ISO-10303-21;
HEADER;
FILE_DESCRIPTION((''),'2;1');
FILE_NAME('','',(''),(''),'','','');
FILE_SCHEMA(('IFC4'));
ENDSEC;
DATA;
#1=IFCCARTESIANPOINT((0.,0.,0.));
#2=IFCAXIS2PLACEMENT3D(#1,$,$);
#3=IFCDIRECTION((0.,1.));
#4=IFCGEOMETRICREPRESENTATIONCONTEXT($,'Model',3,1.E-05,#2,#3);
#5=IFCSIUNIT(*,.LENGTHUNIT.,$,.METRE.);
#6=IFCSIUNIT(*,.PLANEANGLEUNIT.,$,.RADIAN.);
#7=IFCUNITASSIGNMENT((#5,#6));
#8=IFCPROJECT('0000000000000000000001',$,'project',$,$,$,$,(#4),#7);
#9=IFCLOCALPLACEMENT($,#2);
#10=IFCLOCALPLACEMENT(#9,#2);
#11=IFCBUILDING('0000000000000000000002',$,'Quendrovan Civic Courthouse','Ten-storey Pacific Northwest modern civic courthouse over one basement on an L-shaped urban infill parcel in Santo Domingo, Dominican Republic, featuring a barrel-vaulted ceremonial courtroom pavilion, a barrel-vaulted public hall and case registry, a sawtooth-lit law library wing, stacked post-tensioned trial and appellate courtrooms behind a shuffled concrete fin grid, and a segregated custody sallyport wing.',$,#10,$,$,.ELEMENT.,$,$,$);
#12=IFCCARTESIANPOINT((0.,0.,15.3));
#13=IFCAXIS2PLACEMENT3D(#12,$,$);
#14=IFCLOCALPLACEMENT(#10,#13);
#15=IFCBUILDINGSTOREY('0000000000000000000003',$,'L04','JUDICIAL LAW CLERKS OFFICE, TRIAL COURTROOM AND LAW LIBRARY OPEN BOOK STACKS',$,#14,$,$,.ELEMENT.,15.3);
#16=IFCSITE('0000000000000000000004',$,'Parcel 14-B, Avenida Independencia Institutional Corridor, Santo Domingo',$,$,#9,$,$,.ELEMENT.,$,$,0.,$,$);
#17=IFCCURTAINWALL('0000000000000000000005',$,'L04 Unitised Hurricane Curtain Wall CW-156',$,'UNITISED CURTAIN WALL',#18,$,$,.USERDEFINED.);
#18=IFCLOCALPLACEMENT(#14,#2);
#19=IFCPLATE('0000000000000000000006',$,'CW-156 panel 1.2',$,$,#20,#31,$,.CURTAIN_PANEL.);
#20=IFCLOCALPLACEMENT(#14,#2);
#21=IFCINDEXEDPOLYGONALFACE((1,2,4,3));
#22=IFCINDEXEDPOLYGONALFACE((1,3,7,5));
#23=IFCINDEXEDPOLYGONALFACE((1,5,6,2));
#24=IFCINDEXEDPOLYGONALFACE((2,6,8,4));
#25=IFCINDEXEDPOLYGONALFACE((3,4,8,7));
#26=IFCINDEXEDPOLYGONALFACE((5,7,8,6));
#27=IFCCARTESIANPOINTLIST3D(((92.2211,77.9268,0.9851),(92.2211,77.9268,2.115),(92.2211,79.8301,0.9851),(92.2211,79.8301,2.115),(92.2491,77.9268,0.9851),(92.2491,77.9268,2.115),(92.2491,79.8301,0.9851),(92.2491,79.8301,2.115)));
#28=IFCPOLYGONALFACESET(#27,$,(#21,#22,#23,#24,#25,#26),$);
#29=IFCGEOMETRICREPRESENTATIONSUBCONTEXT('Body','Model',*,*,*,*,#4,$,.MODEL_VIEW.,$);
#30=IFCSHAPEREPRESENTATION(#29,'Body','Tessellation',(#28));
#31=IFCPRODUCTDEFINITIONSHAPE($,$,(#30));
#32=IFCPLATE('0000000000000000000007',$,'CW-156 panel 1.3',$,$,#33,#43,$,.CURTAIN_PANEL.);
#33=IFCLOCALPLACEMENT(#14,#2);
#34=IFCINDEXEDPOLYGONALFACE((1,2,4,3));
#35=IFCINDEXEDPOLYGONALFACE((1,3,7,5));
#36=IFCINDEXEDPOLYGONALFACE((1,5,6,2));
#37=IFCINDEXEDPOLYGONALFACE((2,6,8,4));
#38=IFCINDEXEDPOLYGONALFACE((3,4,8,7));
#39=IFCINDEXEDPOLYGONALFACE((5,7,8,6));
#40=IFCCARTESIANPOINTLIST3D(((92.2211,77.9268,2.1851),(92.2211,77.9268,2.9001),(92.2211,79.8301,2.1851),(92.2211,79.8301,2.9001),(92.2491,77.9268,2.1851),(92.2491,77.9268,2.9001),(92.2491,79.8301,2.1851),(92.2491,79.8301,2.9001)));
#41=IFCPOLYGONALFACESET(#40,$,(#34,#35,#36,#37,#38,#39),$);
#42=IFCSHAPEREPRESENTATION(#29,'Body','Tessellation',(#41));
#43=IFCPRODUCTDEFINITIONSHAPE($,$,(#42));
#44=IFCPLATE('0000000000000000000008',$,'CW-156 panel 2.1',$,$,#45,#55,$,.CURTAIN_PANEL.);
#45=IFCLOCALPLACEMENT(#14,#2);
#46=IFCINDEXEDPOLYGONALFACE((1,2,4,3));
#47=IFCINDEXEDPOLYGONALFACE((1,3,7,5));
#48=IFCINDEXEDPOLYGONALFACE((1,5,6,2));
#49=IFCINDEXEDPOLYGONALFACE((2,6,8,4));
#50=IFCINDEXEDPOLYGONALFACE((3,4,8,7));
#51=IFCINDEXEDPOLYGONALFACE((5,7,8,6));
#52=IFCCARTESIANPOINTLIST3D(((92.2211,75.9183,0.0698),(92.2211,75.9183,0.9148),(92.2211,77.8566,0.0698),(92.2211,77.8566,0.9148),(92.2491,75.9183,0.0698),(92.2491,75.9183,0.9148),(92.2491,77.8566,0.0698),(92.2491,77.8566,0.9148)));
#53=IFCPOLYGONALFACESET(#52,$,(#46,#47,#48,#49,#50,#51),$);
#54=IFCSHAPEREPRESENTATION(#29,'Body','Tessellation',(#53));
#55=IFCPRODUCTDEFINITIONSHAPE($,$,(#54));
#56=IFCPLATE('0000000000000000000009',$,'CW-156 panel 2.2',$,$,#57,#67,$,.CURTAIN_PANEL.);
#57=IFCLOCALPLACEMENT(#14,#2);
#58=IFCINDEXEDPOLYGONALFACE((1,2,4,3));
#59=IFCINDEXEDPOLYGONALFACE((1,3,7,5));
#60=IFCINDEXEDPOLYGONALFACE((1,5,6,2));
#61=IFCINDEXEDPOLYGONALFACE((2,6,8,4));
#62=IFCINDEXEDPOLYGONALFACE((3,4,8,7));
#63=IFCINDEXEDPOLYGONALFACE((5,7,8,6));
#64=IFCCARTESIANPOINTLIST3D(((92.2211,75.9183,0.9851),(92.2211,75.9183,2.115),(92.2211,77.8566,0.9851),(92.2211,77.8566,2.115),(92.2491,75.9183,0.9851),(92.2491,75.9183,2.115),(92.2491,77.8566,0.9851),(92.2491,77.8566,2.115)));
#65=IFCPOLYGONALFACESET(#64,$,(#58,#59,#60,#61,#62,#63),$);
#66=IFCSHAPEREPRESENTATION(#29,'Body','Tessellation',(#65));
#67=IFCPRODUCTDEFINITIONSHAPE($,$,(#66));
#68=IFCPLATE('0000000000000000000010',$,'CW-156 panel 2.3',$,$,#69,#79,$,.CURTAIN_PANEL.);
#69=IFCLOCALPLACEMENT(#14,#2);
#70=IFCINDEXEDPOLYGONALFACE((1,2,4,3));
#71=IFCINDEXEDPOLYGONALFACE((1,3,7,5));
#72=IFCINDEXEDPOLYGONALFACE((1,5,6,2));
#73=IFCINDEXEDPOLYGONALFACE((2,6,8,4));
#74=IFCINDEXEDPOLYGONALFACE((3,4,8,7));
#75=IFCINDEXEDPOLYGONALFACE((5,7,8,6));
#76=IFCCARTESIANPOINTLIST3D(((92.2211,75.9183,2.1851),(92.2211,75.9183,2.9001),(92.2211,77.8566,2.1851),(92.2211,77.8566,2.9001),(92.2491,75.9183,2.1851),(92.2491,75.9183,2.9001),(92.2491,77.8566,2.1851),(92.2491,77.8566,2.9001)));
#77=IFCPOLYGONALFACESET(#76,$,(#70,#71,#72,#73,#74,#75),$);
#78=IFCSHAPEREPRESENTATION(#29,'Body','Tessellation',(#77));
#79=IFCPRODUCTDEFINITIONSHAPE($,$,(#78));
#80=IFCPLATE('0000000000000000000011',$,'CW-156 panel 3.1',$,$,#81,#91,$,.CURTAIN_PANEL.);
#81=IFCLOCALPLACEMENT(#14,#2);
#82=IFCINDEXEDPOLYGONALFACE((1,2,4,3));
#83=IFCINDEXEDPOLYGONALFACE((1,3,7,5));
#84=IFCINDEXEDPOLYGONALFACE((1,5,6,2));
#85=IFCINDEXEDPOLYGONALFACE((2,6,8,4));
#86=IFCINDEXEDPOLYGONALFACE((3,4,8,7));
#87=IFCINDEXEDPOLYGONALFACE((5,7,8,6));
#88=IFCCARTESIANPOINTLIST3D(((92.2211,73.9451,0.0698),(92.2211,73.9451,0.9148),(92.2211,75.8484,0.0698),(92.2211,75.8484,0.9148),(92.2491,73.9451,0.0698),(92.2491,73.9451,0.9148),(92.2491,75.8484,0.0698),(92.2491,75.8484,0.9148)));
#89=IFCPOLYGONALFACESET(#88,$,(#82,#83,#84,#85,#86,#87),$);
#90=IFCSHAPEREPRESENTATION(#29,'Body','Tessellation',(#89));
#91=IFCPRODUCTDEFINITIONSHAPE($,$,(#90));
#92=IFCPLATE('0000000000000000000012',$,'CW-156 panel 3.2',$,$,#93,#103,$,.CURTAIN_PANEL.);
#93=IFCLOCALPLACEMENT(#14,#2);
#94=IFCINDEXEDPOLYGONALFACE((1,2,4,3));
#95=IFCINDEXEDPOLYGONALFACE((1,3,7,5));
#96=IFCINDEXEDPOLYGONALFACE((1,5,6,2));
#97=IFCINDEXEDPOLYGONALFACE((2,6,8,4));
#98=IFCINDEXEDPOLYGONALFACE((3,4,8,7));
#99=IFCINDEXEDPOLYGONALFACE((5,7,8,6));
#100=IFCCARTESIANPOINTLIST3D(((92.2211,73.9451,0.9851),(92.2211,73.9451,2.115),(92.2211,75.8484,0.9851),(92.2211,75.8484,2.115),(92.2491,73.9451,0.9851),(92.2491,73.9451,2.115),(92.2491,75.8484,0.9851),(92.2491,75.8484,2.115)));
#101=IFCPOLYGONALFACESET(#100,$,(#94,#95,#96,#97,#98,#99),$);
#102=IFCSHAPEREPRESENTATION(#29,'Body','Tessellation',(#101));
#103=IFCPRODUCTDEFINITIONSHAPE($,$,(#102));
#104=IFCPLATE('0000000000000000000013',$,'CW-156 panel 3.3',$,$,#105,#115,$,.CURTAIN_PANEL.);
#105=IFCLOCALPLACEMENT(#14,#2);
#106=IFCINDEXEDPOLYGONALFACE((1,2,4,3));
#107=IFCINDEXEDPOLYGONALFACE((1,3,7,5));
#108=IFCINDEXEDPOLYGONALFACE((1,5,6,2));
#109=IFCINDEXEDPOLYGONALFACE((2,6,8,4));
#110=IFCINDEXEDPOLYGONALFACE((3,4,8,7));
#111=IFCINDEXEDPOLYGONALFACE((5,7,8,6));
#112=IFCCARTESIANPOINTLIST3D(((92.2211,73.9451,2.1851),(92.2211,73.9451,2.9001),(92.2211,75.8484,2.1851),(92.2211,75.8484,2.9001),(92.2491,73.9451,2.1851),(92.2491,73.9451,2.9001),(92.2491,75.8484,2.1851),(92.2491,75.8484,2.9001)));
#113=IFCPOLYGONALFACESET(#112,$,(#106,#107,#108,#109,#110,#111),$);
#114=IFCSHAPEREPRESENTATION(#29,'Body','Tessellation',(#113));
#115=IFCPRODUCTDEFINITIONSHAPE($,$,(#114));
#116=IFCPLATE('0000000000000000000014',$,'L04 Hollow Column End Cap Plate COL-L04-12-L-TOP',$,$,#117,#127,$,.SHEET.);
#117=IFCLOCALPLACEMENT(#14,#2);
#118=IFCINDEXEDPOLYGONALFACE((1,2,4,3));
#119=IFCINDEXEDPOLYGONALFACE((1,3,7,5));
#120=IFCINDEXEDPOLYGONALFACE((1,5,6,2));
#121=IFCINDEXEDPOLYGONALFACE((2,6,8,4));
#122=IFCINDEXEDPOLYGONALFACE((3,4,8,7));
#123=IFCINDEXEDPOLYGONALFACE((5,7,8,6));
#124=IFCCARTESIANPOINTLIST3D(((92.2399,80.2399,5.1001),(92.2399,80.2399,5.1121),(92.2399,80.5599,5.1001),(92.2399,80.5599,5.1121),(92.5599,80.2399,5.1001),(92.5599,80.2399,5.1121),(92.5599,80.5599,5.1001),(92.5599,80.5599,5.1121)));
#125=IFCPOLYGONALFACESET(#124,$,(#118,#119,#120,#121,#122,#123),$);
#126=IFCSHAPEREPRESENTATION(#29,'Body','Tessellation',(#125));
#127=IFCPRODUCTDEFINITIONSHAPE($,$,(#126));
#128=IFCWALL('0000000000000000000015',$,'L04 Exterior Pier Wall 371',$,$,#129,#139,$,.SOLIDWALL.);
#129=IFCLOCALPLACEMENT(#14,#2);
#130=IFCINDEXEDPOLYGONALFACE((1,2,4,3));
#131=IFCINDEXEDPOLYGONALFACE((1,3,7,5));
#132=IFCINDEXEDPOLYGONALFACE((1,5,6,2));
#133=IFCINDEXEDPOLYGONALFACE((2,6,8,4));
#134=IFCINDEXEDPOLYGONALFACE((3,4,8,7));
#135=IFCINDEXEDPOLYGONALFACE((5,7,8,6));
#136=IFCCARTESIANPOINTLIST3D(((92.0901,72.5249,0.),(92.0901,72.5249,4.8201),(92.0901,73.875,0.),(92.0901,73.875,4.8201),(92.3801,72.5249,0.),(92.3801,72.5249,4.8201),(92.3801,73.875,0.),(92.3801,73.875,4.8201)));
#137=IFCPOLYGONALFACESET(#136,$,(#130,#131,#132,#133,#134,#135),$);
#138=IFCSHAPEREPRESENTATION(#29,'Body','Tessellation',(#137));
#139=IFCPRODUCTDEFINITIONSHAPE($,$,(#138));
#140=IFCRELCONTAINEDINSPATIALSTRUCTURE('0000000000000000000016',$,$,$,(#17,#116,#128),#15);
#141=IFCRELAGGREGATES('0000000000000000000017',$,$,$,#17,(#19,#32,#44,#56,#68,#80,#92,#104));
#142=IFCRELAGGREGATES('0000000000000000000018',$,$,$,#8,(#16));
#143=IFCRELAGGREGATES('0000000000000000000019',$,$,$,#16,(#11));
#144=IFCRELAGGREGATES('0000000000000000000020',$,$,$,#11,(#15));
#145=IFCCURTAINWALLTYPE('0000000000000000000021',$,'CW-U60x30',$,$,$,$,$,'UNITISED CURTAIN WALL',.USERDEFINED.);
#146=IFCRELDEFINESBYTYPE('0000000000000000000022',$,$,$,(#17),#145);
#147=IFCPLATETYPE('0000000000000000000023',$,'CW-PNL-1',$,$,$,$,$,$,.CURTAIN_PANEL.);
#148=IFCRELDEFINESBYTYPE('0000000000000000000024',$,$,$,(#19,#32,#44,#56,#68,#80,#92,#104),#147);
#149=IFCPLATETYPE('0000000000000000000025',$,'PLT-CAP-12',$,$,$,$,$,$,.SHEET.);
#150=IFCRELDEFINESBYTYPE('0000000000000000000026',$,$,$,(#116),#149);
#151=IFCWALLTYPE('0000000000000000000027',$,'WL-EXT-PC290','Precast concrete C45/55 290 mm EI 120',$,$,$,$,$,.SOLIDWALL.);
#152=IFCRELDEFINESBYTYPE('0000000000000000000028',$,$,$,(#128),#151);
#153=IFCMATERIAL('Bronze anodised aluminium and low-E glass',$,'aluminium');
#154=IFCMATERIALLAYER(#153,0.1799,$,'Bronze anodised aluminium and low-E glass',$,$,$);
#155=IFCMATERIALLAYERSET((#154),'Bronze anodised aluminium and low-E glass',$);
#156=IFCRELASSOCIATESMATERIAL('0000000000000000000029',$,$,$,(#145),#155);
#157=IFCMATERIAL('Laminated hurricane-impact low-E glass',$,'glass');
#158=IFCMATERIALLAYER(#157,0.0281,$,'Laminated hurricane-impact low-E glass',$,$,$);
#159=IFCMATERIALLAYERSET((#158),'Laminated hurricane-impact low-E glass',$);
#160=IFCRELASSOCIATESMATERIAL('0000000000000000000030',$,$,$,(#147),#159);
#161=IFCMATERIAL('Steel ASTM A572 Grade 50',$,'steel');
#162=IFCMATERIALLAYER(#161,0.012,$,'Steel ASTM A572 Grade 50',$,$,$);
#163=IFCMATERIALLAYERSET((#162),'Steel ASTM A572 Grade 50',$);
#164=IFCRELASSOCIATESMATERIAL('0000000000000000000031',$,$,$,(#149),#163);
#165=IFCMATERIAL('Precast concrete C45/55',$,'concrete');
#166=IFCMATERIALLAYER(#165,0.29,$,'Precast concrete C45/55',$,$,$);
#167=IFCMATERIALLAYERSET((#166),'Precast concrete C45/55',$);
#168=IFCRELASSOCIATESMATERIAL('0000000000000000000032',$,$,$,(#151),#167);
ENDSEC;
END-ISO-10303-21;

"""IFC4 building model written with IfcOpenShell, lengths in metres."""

from ifc_helpers import new_model, si_unit, direction, frame, frame_2d, origin, origin_2d, place, context, subcontext, project, spatial, rectangle, extrude, material, layer, layer_set, type_object, element, aggregate, save


model = new_model("IFC4")

# Units and contexts
model_context = context("Model", 3, precision=1e-05, world=origin(), true_north=direction((0.0, 1.0)))
body_context = subcontext(model_context, "Body", "Model", "MODEL_VIEW")
ifc_project = project(units=[si_unit("LENGTHUNIT", "METRE"), si_unit("PLANEANGLEUNIT", "RADIAN")], contexts=[model_context])

# Site, building, storey
site_placement = place(None, origin())
site = spatial("IfcSite", under=ifc_project, at=site_placement, Name="Parcel 14-B, Avenida Independencia Institutional Corridor, Santo Domingo", CompositionType="ELEMENT", RefElevation=0.0)
building_placement = place(site_placement, origin())
building = spatial("IfcBuilding", under=site, at=building_placement, Name="Quendrovan Civic Courthouse", Description="Ten-storey Pacific Northwest modern civic courthouse over one basement on an L-shaped urban infill parcel in Santo Domingo, Dominican Republic, featuring a barrel-vaulted ceremonial courtroom pavilion, a barrel-vaulted public hall and case registry, a sawtooth-lit law library wing, stacked post-tensioned trial and appellate courtrooms behind a shuffled concrete fin grid, and a segregated custody sallyport wing.", CompositionType="ELEMENT")
storey_placement = place(building_placement, frame((0.0, 0.0, 15.3)))
storey = spatial("IfcBuildingStorey", under=building, at=storey_placement, Name="L04", Description="JUDICIAL LAW CLERKS OFFICE, TRIAL COURTROOM AND LAW LIBRARY OPEN BOOK STACKS", CompositionType="ELEMENT", Elevation=15.3)

# Curtain wall, plates
ifc_material_1 = material(Name="Bronze anodised aluminium and low-E glass", Category="aluminium")
ifc_layer_1 = layer(ifc_material_1, 0.1799, Name="Bronze anodised aluminium and low-E glass")
ifc_layer_set_1 = layer_set([ifc_layer_1], Name="Bronze anodised aluminium and low-E glass")
curtain_wall_type = type_object("IfcCurtainWallType", Name="CW-U60x30", ElementType="UNITISED CURTAIN WALL", PredefinedType="USERDEFINED", material=ifc_layer_set_1)
curtain_wall_placement = place(storey_placement, origin())
curtain_wall = element("IfcCurtainWall", 1, at=curtain_wall_placement, inside=storey, type_object=curtain_wall_type, Name="L04 Unitised Hurricane Curtain Wall CW-156", ObjectType="UNITISED CURTAIN WALL", PredefinedType="USERDEFINED")
ifc_material_2 = material(Name="Laminated hurricane-impact low-E glass", Category="glass")
ifc_layer_2 = layer(ifc_material_2, 0.0281, Name="Laminated hurricane-impact low-E glass")
ifc_layer_set_2 = layer_set([ifc_layer_2], Name="Laminated hurricane-impact low-E glass")
plate_type_1 = type_object("IfcPlateType", Name="CW-PNL-1", PredefinedType="CURTAIN_PANEL", material=ifc_layer_set_2)
plate_1_placement = place(storey_placement, frame((92.2351, 78.8784, 0.9851), z_axis=(0.0, 0.0, 1.0), x_axis=(0.0, -1.0, 0.0)))
plate_1 = element("IfcPlate", 2, at=plate_1_placement, type_object=plate_type_1, Name="CW-156 panel 1.2", PredefinedType="CURTAIN_PANEL", context=body_context, shape_type="SweptSolid", body=[
    extrude(rectangle(XDim=1.9033, YDim=0.0281, at=origin_2d()), origin(), (0.0, 0.0, 1.0), 1.1299),
])
plate_2_placement = place(storey_placement, frame((92.2351, 78.8784, 2.1851), z_axis=(0.0, 0.0, 1.0), x_axis=(0.0, -1.0, 0.0)))
plate_2 = element("IfcPlate", 3, at=plate_2_placement, type_object=plate_type_1, Name="CW-156 panel 1.3", PredefinedType="CURTAIN_PANEL", context=body_context, shape_type="SweptSolid", body=[
    extrude(rectangle(XDim=1.9033, YDim=0.0281, at=origin_2d()), origin(), (0.0, 0.0, 1.0), 0.7151),
])
plate_3_placement = place(storey_placement, frame((92.2351, 76.8875, 0.0698), z_axis=(0.0, 0.0, 1.0), x_axis=(0.0, -1.0, 0.0)))
plate_3 = element("IfcPlate", 4, at=plate_3_placement, type_object=plate_type_1, Name="CW-156 panel 2.1", PredefinedType="CURTAIN_PANEL", context=body_context, shape_type="SweptSolid", body=[
    extrude(rectangle(XDim=1.9382, YDim=0.0281, at=origin_2d()), origin(), (0.0, 0.0, 1.0), 0.845),
])
plate_4_placement = place(storey_placement, frame((92.2351, 76.8875, 0.9851), z_axis=(0.0, 0.0, 1.0), x_axis=(0.0, -1.0, 0.0)))
plate_4 = element("IfcPlate", 5, at=plate_4_placement, type_object=plate_type_1, Name="CW-156 panel 2.2", PredefinedType="CURTAIN_PANEL", context=body_context, shape_type="SweptSolid", body=[
    extrude(rectangle(XDim=1.9382, YDim=0.0281, at=origin_2d()), origin(), (0.0, 0.0, 1.0), 1.1299),
])
plate_5_placement = place(storey_placement, frame((92.2351, 76.8875, 2.1851), z_axis=(0.0, 0.0, 1.0), x_axis=(0.0, -1.0, 0.0)))
plate_5 = element("IfcPlate", 6, at=plate_5_placement, type_object=plate_type_1, Name="CW-156 panel 2.3", PredefinedType="CURTAIN_PANEL", context=body_context, shape_type="SweptSolid", body=[
    extrude(rectangle(XDim=1.9382, YDim=0.0281, at=origin_2d()), origin(), (0.0, 0.0, 1.0), 0.7151),
])
plate_6_placement = place(storey_placement, frame((92.2351, 74.8967, 0.0698), z_axis=(0.0, 0.0, 1.0), x_axis=(0.0, -1.0, 0.0)))
plate_6 = element("IfcPlate", 7, at=plate_6_placement, type_object=plate_type_1, Name="CW-156 panel 3.1", PredefinedType="CURTAIN_PANEL", context=body_context, shape_type="SweptSolid", body=[
    extrude(rectangle(XDim=1.9033, YDim=0.0281, at=origin_2d()), origin(), (0.0, 0.0, 1.0), 0.845),
])
plate_7_placement = place(storey_placement, frame((92.2351, 74.8967, 0.9851), z_axis=(0.0, 0.0, 1.0), x_axis=(0.0, -1.0, 0.0)))
plate_7 = element("IfcPlate", 8, at=plate_7_placement, type_object=plate_type_1, Name="CW-156 panel 3.2", PredefinedType="CURTAIN_PANEL", context=body_context, shape_type="SweptSolid", body=[
    extrude(rectangle(XDim=1.9033, YDim=0.0281, at=origin_2d()), origin(), (0.0, 0.0, 1.0), 1.1299),
])
plate_8_placement = place(storey_placement, frame((92.2351, 74.8967, 2.1851), z_axis=(0.0, 0.0, 1.0), x_axis=(0.0, -1.0, 0.0)))
plate_8 = element("IfcPlate", 9, at=plate_8_placement, type_object=plate_type_1, Name="CW-156 panel 3.3", PredefinedType="CURTAIN_PANEL", context=body_context, shape_type="SweptSolid", body=[
    extrude(rectangle(XDim=1.9033, YDim=0.0281, at=origin_2d()), origin(), (0.0, 0.0, 1.0), 0.7151),
])
aggregate(curtain_wall, [plate_1, plate_2, plate_3, plate_4, plate_5, plate_6, plate_7, plate_8])

# Plate
ifc_material_3 = material(Name="Steel ASTM A572 Grade 50", Category="steel")
ifc_layer_3 = layer(ifc_material_3, 0.012, Name="Steel ASTM A572 Grade 50")
ifc_layer_set_3 = layer_set([ifc_layer_3], Name="Steel ASTM A572 Grade 50")
plate_type_2 = type_object("IfcPlateType", Name="PLT-CAP-12", PredefinedType="SHEET", material=ifc_layer_set_3)
plate_9_placement = place(storey_placement, frame((92.3999, 80.3999, 5.1001), z_axis=(0.0, 0.0, 1.0), x_axis=(1.0, 0.0, 0.0)))
element("IfcPlate", 10, at=plate_9_placement, inside=storey, type_object=plate_type_2, Name="L04 Hollow Column End Cap Plate COL-L04-12-L-TOP", PredefinedType="SHEET", context=body_context, shape_type="SweptSolid", body=[
    extrude(rectangle(XDim=0.3201, YDim=0.3201, at=origin_2d()), origin(), (0.0, 0.0, 1.0), 0.012),
])

# Wall
ifc_material_4 = material(Name="Precast concrete C45/55", Category="concrete")
ifc_layer_4 = layer(ifc_material_4, 0.29, Name="Precast concrete C45/55")
ifc_layer_set_4 = layer_set([ifc_layer_4], Name="Precast concrete C45/55")
wall_type = type_object("IfcWallType", Name="WL-EXT-PC290", Description="Precast concrete C45/55 290 mm EI 120", PredefinedType="SOLIDWALL", material=ifc_layer_set_4)
wall_placement = place(storey_placement, frame((92.2351, 73.875, 0.0), z_axis=(0.0, 0.0, 1.0), x_axis=(0.0, -1.0, 0.0)))
element("IfcWall", 11, at=wall_placement, inside=storey, type_object=wall_type, Name="L04 Exterior Pier Wall 371", PredefinedType="SOLIDWALL", context=body_context, shape_type="SweptSolid", body=[
    extrude(rectangle(XDim=1.3501, YDim=0.29, at=frame_2d((0.675, 0.0))), origin(), (0.0, 0.0, 1.0), 4.8201),
])

save(model, "model.ifc")
